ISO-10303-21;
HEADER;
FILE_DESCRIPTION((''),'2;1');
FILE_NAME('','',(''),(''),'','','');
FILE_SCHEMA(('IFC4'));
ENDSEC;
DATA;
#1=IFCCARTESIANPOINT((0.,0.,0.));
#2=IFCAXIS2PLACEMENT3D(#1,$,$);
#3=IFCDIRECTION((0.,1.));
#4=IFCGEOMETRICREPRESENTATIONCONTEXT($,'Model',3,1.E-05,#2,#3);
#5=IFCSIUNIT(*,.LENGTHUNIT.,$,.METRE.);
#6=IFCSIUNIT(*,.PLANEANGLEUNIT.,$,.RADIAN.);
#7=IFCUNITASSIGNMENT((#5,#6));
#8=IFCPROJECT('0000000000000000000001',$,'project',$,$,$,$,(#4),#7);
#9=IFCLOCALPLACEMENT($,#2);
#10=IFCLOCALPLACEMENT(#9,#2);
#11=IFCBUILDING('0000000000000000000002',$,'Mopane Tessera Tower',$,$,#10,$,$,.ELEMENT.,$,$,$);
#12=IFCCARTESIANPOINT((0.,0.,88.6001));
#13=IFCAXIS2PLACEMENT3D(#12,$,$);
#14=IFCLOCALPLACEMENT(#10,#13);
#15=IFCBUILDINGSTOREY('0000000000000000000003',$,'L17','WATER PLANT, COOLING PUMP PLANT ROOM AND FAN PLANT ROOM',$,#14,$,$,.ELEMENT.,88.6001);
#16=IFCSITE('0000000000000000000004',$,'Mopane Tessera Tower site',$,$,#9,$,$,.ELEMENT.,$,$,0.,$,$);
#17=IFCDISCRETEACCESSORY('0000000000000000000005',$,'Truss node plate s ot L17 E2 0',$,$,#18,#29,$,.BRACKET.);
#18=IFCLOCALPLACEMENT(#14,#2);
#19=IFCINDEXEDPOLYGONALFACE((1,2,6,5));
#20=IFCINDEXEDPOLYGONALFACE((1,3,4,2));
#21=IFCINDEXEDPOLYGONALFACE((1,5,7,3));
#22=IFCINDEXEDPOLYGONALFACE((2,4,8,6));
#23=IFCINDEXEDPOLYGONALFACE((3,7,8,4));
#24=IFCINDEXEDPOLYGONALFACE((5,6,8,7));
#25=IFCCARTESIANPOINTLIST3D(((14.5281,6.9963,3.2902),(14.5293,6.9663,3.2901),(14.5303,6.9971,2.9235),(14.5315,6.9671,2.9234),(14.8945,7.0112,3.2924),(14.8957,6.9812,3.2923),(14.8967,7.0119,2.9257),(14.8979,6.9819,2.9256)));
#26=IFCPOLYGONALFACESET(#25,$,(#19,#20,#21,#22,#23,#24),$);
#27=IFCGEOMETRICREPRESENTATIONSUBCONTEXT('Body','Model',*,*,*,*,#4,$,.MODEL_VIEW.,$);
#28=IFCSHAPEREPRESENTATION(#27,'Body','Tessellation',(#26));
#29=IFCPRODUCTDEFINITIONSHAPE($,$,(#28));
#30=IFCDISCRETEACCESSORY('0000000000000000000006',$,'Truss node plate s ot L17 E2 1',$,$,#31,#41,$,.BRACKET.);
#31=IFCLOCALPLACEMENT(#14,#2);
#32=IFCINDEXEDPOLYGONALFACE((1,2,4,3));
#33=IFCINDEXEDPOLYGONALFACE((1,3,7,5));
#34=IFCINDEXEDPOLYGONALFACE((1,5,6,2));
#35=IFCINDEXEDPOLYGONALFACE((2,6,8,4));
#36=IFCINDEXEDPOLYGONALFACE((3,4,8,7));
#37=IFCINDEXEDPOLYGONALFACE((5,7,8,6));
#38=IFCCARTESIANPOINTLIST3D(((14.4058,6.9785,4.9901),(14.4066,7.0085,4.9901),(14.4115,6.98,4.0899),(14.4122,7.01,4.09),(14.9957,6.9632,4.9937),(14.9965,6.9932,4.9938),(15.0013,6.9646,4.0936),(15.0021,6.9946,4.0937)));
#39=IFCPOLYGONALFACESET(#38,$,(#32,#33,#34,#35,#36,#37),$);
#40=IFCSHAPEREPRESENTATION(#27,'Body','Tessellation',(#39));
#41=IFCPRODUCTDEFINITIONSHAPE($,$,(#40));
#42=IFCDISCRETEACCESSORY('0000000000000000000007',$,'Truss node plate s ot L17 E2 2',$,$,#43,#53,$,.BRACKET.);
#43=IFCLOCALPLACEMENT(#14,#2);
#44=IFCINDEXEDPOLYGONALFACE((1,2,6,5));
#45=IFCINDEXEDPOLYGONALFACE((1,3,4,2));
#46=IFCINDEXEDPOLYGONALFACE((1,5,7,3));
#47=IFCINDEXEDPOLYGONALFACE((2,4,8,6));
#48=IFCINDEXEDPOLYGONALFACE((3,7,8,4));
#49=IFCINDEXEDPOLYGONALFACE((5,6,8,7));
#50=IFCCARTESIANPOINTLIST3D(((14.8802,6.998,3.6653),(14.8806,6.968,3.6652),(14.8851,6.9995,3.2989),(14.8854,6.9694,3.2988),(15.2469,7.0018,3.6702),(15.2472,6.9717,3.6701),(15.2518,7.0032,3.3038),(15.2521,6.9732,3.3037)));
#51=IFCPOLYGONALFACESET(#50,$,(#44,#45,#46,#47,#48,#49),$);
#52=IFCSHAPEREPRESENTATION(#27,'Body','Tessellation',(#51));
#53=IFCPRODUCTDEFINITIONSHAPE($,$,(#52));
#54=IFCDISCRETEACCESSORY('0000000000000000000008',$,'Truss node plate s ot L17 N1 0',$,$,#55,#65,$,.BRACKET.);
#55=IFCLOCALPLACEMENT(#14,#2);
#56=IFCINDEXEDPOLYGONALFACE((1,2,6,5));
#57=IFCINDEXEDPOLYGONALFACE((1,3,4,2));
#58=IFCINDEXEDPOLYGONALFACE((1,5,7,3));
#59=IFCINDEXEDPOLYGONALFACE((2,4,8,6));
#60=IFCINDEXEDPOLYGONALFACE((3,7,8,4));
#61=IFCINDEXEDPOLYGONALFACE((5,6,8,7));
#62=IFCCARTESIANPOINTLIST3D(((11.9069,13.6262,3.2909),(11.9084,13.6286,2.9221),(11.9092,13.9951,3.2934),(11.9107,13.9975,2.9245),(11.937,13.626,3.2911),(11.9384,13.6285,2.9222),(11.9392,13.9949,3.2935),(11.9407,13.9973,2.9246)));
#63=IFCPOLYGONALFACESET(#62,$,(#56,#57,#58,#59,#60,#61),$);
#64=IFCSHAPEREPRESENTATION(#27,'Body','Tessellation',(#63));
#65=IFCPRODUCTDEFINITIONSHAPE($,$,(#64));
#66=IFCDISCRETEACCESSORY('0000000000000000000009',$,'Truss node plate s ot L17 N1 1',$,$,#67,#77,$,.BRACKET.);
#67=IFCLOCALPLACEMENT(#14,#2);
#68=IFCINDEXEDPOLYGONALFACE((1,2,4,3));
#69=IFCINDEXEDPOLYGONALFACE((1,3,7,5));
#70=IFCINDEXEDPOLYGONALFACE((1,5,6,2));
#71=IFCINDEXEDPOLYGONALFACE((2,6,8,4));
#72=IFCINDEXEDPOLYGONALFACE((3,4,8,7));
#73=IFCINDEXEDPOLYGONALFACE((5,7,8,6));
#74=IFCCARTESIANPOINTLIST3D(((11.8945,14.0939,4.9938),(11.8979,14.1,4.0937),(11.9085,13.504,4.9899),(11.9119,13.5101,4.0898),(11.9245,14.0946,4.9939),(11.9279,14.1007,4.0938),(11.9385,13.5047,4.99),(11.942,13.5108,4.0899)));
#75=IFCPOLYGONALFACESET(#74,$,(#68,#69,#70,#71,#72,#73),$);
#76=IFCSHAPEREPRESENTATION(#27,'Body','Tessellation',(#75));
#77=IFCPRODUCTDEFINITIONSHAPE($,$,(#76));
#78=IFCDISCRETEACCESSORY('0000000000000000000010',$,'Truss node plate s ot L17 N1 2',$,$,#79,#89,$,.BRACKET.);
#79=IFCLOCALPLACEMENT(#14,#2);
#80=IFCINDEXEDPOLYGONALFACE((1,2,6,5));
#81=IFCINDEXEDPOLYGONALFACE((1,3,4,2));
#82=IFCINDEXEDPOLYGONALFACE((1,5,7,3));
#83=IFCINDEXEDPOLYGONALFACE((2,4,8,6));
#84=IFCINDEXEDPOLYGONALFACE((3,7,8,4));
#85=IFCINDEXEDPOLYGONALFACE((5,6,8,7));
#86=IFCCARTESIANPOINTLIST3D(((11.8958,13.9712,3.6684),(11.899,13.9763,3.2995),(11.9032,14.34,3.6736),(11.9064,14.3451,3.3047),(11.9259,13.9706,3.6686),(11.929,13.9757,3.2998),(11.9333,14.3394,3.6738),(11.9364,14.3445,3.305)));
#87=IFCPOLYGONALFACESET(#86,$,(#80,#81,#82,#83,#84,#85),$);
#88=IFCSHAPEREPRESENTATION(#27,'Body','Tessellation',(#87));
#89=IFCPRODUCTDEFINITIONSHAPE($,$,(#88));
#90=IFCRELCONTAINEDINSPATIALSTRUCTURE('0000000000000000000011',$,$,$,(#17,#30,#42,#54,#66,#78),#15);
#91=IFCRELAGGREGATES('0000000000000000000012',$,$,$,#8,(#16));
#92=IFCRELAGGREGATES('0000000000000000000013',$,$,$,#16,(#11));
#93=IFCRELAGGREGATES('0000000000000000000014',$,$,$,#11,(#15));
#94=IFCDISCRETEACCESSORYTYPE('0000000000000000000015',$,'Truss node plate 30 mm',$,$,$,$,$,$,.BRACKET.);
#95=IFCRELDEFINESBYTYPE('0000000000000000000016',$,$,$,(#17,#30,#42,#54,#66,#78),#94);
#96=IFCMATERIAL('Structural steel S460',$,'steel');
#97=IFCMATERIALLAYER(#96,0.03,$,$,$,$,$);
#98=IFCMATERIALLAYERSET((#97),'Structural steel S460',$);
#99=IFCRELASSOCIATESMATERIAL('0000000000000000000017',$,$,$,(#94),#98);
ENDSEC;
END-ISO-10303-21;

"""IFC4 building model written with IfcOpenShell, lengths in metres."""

from ifc_helpers import new_model, si_unit, direction, frame, origin, origin_2d, place, context, subcontext, project, spatial, rectangle, extrude, material, layer, layer_set, type_object, element, save


model = new_model("IFC4")

# Units and contexts
model_context = context("Model", 3, precision=1e-05, world=origin(), true_north=direction((0.0, 1.0)))
body_context = subcontext(model_context, "Body", "Model", "MODEL_VIEW")
ifc_project = project(units=[si_unit("LENGTHUNIT", "METRE"), si_unit("PLANEANGLEUNIT", "RADIAN")], contexts=[model_context])

# Site, building, storey
site_placement = place(None, origin())
site = spatial("IfcSite", under=ifc_project, at=site_placement, Name="Mopane Tessera Tower site", CompositionType="ELEMENT", RefElevation=0.0)
building_placement = place(site_placement, origin())
building = spatial("IfcBuilding", under=site, at=building_placement, Name="Mopane Tessera Tower", CompositionType="ELEMENT")
storey_placement = place(building_placement, frame((0.0, 0.0, 88.6001)))
storey = spatial("IfcBuildingStorey", under=building, at=storey_placement, Name="L17", Description="WATER PLANT, COOLING PUMP PLANT ROOM AND FAN PLANT ROOM", CompositionType="ELEMENT", Elevation=88.6001)

# Discrete accessories
ifc_material_1 = material(Name="Structural steel S460", Category="steel")
ifc_layer_1 = layer(ifc_material_1, 0.03)
ifc_layer_set_1 = layer_set([ifc_layer_1], Name="Structural steel S460")
discrete_accessory_type_1 = type_object("IfcDiscreteAccessoryType", Name="Truss node plate 30 mm", PredefinedType="BRACKET", material=ifc_layer_set_1)
discrete_accessory_1_placement = place(storey_placement, frame((14.7141, 6.9895, 2.9246), z_axis=(-0.005992, -0.001997, 0.99998), x_axis=(-0.040582, 0.999175, 0.001753)))
element("IfcDiscreteAccessory", 1, at=discrete_accessory_1_placement, inside=storey, type_object=discrete_accessory_type_1, Name="Truss node plate s ot L17 E2 0", PredefinedType="BRACKET", context=body_context, shape_type="SweptSolid", body=[
    extrude(rectangle(XDim=0.03, YDim=0.3667, at=origin_2d()), origin(), (0.0, 0.0, 1.0), 0.3667),
])
discrete_accessory_2_placement = place(storey_placement, frame((14.7068, 6.9873, 4.0918), z_axis=(-0.006238, -0.001627, 0.999979), x_axis=(0.025972, 0.999661, 0.001789)))
element("IfcDiscreteAccessory", 2, at=discrete_accessory_2_placement, inside=storey, type_object=discrete_accessory_type_1, Name="Truss node plate s ot L17 E2 1", PredefinedType="BRACKET", context=body_context, shape_type="SweptSolid", body=[
    extrude(rectangle(XDim=0.03, YDim=0.5901, at=origin_2d()), origin(), (0.0, 0.0, 1.0), 0.9001),
])
discrete_accessory_3_placement = place(storey_placement, frame((15.0686, 6.9863, 3.3013), z_axis=(-0.013323, -0.003997, 0.999903), x_axis=(-0.01034, 0.999939, 0.003859)))
element("IfcDiscreteAccessory", 3, at=discrete_accessory_3_placement, inside=storey, type_object=discrete_accessory_type_1, Name="Truss node plate s ot L17 E2 2", PredefinedType="BRACKET", context=body_context, shape_type="SweptSolid", body=[
    extrude(rectangle(XDim=0.03, YDim=0.3667, at=origin_2d()), origin(), (0.0, 0.0, 1.0), 0.3665),
])
discrete_accessory_4_placement = place(storey_placement, frame((11.9246, 13.813, 2.9233), z_axis=(-0.003971, -0.006618, 0.99997), x_axis=(-0.999973, 0.006168, -0.00393)))
element("IfcDiscreteAccessory", 4, at=discrete_accessory_4_placement, inside=storey, type_object=discrete_accessory_type_1, Name="Truss node plate s ot L17 N1 0", PredefinedType="BRACKET", context=body_context, shape_type="SweptSolid", body=[
    extrude(rectangle(XDim=0.03, YDim=0.3689, at=origin_2d()), origin(), (0.0, 0.0, 1.0), 0.3689),
])
discrete_accessory_5_placement = place(storey_placement, frame((11.9199, 13.8054, 4.0918), z_axis=(-0.003797, -0.00678, 0.99997), x_axis=(-0.99971, -0.02376, -0.003957)))
element("IfcDiscreteAccessory", 5, at=discrete_accessory_5_placement, inside=storey, type_object=discrete_accessory_type_1, Name="Truss node plate s ot L17 N1 1", PredefinedType="BRACKET", context=body_context, shape_type="SweptSolid", body=[
    extrude(rectangle(XDim=0.03, YDim=0.5901, at=origin_2d()), origin(), (0.0, 0.0, 1.0), 0.9001),
])
discrete_accessory_6_placement = place(storey_placement, frame((11.9177, 14.1604, 3.3022), z_axis=(-0.008602, -0.013896, 0.999866), x_axis=(-0.999762, 0.020145, -0.008322)))
element("IfcDiscreteAccessory", 6, at=discrete_accessory_6_placement, inside=storey, type_object=discrete_accessory_type_1, Name="Truss node plate s ot L17 N1 2", PredefinedType="BRACKET", context=body_context, shape_type="SweptSolid", body=[
    extrude(rectangle(XDim=0.03, YDim=0.3689, at=origin_2d()), origin(), (0.0, 0.0, 1.0), 0.3689),
])

save(model, "model.ifc")
